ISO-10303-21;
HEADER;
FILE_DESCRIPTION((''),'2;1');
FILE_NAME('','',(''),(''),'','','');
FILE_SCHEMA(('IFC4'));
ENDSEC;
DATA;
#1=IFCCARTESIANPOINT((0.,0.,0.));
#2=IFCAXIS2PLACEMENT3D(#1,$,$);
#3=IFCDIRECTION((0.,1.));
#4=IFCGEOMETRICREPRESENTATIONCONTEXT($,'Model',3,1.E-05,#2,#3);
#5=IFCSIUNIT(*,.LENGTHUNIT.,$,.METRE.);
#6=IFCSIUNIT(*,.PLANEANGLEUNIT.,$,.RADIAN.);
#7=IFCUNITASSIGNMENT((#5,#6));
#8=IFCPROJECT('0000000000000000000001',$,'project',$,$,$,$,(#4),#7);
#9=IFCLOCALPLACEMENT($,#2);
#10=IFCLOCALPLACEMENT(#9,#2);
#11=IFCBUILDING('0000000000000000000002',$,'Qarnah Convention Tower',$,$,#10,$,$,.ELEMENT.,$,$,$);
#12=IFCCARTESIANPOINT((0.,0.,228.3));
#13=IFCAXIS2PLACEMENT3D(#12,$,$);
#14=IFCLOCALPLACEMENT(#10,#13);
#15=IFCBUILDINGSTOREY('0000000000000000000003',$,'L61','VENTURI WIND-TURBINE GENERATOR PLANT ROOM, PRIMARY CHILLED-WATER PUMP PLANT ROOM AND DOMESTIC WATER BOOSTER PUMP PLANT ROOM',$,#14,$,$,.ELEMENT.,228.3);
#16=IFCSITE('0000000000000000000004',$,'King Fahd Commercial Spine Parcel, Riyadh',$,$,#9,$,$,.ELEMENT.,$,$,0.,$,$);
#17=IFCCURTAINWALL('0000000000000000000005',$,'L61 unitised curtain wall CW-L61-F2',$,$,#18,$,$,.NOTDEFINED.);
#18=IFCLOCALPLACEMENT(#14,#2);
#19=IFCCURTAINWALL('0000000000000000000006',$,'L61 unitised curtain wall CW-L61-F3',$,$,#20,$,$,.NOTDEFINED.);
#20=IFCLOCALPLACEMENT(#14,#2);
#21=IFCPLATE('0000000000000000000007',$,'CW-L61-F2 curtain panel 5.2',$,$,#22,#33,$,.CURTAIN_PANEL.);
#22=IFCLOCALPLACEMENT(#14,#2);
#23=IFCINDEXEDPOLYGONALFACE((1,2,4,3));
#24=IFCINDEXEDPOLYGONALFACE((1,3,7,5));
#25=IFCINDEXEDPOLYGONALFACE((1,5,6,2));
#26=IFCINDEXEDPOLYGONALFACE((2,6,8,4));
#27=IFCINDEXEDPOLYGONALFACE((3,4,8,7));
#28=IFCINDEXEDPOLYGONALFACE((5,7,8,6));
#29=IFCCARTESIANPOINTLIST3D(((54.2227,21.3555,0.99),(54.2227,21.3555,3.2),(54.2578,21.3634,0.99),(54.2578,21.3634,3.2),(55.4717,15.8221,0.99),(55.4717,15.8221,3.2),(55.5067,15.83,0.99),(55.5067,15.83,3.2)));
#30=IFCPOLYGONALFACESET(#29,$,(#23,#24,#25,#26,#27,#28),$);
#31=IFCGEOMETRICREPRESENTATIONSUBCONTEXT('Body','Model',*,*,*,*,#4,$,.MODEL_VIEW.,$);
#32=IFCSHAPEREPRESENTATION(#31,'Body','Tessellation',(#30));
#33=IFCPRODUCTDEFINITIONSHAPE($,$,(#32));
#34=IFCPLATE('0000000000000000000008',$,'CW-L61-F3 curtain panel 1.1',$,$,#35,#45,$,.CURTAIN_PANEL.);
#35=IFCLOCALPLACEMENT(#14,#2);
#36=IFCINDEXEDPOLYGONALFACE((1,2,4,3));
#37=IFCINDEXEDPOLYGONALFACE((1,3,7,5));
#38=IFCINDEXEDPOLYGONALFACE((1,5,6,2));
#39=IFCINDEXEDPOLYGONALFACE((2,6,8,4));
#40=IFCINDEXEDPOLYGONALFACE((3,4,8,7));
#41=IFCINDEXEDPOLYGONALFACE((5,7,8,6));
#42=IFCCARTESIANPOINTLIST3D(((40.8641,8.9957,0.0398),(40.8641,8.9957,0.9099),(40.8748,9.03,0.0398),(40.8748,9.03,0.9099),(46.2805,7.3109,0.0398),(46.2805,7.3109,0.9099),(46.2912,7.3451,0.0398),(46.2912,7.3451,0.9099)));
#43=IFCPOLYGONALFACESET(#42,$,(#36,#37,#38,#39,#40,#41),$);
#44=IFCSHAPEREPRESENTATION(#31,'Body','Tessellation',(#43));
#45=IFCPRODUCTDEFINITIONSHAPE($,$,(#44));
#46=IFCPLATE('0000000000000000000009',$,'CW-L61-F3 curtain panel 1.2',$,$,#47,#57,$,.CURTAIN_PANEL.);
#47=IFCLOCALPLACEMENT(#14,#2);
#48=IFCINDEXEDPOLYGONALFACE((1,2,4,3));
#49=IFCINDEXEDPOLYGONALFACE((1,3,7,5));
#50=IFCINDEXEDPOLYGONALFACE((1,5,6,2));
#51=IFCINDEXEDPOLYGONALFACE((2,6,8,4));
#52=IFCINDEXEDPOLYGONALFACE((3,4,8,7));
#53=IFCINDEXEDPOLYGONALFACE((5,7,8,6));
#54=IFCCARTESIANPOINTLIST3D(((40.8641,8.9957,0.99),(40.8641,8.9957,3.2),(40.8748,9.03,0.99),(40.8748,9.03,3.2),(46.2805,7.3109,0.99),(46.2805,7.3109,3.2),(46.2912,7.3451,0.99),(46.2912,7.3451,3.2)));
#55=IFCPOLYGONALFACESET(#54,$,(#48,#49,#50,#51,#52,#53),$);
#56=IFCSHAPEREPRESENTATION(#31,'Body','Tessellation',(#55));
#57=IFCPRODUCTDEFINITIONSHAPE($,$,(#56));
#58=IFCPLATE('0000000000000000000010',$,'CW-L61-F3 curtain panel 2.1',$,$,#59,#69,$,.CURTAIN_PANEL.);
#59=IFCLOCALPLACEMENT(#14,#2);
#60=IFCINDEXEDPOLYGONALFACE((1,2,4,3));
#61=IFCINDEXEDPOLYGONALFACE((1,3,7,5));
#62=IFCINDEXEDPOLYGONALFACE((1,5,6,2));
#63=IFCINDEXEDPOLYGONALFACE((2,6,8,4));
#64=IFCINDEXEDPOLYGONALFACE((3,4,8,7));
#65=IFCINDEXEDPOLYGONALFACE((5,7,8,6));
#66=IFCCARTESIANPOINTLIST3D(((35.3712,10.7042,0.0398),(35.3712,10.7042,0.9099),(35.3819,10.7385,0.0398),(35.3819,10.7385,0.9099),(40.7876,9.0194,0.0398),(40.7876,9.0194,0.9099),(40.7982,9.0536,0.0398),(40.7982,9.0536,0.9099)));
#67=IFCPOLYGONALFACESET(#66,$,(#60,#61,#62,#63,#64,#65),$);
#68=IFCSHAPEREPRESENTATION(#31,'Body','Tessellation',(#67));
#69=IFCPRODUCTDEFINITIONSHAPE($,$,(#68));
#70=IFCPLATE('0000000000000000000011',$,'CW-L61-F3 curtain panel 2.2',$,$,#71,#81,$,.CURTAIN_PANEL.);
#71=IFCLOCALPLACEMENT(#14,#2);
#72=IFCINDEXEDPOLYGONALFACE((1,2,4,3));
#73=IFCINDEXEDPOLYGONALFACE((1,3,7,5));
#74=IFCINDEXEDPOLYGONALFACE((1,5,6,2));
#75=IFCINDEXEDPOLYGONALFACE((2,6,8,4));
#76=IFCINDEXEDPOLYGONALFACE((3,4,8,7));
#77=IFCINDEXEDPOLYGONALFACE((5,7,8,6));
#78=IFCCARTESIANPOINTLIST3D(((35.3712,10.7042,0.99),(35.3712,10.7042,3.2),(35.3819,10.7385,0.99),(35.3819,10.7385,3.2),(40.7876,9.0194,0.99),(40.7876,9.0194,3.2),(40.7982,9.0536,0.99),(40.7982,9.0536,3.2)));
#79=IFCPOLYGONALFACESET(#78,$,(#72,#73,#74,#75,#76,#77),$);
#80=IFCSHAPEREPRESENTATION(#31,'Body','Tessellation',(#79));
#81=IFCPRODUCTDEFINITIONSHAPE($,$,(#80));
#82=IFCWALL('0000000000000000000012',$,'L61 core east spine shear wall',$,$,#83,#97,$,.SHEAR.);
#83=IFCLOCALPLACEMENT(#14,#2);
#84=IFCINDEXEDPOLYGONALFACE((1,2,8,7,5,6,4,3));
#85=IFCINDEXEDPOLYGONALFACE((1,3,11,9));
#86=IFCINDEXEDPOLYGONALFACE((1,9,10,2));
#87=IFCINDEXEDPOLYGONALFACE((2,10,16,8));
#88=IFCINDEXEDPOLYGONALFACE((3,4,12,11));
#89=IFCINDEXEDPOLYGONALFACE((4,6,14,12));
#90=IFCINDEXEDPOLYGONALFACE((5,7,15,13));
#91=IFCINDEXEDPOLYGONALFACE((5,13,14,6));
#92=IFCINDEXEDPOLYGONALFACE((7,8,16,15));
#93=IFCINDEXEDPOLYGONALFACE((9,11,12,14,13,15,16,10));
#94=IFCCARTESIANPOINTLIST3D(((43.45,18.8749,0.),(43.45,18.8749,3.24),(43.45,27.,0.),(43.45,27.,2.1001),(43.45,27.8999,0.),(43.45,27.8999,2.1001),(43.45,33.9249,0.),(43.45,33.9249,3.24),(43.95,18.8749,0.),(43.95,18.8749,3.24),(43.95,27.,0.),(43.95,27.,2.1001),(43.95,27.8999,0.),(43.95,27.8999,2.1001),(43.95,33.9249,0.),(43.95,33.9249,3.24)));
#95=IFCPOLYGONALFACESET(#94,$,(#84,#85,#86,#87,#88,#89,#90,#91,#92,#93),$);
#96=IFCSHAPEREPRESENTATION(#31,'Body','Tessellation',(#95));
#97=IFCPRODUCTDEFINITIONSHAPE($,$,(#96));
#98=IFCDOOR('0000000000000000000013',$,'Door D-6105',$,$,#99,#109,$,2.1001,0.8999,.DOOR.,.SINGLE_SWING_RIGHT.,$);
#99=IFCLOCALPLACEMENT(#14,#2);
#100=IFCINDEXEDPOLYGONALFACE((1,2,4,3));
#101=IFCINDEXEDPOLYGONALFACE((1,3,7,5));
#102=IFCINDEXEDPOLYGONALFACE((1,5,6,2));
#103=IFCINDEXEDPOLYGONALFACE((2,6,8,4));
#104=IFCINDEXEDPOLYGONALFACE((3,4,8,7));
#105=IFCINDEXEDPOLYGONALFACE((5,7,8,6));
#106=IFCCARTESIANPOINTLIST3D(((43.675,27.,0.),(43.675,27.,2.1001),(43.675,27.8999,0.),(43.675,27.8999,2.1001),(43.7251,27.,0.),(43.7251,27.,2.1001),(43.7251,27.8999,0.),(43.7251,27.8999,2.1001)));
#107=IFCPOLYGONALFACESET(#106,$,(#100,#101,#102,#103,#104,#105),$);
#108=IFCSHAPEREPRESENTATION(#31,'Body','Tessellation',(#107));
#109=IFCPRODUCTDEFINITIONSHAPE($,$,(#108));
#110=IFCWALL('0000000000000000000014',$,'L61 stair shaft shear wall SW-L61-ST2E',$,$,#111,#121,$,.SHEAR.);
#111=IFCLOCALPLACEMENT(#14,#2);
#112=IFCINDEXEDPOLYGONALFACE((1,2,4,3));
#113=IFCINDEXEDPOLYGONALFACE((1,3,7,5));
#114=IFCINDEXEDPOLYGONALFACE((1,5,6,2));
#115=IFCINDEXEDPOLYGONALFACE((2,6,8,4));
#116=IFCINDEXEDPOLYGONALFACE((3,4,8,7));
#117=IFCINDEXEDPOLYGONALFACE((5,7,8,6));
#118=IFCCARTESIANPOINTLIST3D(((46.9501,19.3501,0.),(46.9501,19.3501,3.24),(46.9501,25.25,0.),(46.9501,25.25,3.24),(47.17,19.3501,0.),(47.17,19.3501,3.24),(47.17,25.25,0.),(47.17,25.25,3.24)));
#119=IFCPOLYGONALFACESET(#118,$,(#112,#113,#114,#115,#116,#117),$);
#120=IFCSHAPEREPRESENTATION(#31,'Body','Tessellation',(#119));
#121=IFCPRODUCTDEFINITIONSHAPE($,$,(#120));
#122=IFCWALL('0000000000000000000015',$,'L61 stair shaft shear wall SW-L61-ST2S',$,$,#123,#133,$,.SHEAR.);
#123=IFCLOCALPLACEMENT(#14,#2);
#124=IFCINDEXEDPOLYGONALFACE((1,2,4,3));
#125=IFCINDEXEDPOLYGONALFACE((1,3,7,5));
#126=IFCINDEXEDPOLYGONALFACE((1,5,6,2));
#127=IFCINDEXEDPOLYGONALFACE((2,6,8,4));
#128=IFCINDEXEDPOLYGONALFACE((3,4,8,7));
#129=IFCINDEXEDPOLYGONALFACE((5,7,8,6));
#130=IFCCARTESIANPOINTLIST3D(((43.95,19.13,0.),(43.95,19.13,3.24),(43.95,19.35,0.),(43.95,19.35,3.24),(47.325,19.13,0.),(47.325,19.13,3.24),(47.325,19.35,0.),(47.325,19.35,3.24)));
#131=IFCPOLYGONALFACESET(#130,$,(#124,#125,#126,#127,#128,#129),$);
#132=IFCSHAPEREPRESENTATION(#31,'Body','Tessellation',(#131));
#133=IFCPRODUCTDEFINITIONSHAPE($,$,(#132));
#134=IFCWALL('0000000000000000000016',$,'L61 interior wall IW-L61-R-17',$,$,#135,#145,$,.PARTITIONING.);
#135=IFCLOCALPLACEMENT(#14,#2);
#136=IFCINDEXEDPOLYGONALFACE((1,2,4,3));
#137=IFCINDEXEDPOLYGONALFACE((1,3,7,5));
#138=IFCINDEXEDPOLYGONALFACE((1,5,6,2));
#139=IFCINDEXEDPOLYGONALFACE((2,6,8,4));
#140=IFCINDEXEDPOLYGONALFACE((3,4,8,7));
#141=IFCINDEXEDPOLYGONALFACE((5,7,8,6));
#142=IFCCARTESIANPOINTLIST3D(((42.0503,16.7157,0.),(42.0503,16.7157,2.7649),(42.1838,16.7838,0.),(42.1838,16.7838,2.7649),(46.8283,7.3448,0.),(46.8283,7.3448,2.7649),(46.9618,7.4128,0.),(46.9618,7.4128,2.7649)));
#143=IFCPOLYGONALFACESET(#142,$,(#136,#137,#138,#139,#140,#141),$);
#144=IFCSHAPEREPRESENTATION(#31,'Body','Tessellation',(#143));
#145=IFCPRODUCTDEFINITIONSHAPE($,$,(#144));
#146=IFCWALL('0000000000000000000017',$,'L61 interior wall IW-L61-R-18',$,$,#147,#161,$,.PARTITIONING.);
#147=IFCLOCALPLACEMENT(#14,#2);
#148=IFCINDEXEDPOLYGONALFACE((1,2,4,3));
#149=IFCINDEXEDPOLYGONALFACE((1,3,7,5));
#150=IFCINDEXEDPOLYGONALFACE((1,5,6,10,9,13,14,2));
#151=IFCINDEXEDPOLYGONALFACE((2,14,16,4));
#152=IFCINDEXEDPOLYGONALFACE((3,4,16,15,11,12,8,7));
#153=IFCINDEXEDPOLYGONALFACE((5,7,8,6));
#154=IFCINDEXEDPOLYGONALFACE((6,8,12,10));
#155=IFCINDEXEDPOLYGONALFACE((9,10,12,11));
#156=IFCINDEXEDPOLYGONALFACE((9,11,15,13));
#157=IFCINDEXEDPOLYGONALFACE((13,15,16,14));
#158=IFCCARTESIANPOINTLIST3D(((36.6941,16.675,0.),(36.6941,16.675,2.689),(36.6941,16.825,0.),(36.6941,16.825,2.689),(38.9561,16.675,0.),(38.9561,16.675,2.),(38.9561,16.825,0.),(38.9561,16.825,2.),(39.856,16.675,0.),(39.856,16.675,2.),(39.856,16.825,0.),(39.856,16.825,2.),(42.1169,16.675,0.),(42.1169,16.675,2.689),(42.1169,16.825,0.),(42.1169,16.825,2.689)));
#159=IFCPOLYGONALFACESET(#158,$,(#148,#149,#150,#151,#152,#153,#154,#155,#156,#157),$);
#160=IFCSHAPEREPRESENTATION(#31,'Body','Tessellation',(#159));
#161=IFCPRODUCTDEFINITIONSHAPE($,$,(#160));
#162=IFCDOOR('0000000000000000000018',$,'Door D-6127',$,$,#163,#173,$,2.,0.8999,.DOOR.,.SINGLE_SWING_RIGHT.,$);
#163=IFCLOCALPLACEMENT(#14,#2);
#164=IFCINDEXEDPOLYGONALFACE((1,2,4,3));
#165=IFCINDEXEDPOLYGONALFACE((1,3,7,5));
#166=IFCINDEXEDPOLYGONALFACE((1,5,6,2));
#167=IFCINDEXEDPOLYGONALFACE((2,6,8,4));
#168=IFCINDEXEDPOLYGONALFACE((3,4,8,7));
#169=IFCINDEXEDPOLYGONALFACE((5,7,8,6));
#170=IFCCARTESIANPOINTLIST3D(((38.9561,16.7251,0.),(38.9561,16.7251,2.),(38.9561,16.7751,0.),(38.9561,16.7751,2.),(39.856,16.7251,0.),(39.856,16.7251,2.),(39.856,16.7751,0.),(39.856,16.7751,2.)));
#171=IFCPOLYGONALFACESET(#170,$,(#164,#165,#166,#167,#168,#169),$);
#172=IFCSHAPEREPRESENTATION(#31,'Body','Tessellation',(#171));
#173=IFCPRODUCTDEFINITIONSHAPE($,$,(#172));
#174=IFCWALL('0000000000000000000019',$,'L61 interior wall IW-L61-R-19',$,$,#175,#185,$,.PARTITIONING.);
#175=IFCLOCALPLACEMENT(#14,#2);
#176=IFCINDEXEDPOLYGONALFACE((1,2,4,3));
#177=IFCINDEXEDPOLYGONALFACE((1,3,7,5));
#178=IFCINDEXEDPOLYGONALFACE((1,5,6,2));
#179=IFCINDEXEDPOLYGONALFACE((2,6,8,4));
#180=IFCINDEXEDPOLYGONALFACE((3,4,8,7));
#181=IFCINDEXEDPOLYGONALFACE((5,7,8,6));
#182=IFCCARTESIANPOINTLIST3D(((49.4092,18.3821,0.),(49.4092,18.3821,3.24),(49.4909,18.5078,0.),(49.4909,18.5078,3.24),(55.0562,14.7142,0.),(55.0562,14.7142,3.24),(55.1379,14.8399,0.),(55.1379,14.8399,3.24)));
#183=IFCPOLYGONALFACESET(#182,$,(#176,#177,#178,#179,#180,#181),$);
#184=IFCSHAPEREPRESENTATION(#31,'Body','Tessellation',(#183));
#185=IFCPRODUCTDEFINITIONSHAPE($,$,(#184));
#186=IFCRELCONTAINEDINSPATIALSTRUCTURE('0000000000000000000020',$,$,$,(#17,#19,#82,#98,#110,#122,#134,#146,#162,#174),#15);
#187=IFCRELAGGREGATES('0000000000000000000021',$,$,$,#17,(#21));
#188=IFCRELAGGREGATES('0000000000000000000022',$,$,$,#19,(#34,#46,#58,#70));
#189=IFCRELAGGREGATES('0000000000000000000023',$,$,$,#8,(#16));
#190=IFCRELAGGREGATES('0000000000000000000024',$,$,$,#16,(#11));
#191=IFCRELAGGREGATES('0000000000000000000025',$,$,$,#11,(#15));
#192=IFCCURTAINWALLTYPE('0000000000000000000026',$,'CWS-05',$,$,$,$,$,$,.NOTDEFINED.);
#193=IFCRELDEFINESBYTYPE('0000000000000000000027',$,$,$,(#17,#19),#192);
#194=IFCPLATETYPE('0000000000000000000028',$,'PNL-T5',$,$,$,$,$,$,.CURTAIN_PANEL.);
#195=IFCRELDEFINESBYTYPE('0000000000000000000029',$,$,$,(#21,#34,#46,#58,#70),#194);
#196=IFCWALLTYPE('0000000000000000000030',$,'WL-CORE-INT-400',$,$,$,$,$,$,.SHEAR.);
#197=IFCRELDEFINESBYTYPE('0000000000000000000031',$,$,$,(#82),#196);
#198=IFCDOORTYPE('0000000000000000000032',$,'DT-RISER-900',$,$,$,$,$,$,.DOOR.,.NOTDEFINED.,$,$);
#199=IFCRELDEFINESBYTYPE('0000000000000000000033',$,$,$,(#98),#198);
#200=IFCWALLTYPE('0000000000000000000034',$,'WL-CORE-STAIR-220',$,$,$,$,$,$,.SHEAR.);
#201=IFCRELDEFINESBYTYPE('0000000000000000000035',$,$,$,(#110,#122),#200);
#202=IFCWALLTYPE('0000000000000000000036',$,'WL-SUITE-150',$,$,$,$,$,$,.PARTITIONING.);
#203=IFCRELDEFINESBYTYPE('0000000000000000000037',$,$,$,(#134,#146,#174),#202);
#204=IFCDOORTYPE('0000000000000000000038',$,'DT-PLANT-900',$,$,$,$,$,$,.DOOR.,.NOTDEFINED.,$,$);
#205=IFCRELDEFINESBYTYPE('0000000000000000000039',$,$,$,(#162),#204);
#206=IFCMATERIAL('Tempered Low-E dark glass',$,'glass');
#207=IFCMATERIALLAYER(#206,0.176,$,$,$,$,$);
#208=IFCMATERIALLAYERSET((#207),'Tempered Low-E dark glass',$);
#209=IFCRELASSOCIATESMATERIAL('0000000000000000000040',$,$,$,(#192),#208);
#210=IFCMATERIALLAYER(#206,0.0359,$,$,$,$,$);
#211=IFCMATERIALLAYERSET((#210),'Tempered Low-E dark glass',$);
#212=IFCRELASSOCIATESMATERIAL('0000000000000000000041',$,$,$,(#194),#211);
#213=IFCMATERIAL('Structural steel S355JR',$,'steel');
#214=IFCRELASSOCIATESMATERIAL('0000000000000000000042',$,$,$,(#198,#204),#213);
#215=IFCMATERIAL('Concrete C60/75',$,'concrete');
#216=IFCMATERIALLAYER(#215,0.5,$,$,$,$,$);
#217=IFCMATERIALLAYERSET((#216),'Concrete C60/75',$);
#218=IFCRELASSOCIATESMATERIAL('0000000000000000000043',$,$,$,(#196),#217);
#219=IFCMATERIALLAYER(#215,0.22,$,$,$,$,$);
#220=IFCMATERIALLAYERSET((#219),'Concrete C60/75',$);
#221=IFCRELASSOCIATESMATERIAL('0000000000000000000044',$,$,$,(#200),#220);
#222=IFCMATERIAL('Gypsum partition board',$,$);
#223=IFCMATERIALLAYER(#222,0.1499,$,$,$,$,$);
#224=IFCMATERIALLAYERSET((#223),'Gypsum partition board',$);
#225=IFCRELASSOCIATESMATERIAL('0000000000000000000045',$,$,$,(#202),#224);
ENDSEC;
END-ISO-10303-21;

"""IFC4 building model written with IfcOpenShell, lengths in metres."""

from ifc_helpers import new_model, si_unit, direction, frame, frame_2d, origin, origin_2d, place, context, subcontext, project, spatial, rectangle, extrude, material, layer, layer_set, type_object, element, fill, aggregate, save


model = new_model("IFC4")

# Units and contexts
model_context = context("Model", 3, precision=1e-05, world=origin(), true_north=direction((0.0, 1.0)))
body_context = subcontext(model_context, "Body", "Model", "MODEL_VIEW")
ifc_project = project(units=[si_unit("LENGTHUNIT", "METRE"), si_unit("PLANEANGLEUNIT", "RADIAN")], contexts=[model_context])

# Site, building, storey
site_placement = place(None, origin())
site = spatial("IfcSite", under=ifc_project, at=site_placement, Name="King Fahd Commercial Spine Parcel, Riyadh", CompositionType="ELEMENT", RefElevation=0.0)
building_placement = place(site_placement, origin())
building = spatial("IfcBuilding", under=site, at=building_placement, Name="Qarnah Convention Tower", CompositionType="ELEMENT")
storey_placement = place(building_placement, frame((0.0, 0.0, 228.3)))
storey = spatial("IfcBuildingStorey", under=building, at=storey_placement, Name="L61", Description="VENTURI WIND-TURBINE GENERATOR PLANT ROOM, PRIMARY CHILLED-WATER PUMP PLANT ROOM AND DOMESTIC WATER BOOSTER PUMP PLANT ROOM", CompositionType="ELEMENT", Elevation=228.3)

# Shared definitions
ifc_material_1 = material(Name="Structural steel S355JR", Category="steel")

# Curtain wall
ifc_material_2 = material(Name="Tempered Low-E dark glass", Category="glass")
ifc_layer_1 = layer(ifc_material_2, 0.176)
ifc_layer_set_1 = layer_set([ifc_layer_1], Name="Tempered Low-E dark glass")
curtain_wall_type = type_object("IfcCurtainWallType", Name="CWS-05", PredefinedType="NOTDEFINED", material=ifc_layer_set_1)
curtain_wall_1_placement = place(storey_placement, origin())
curtain_wall_1 = element("IfcCurtainWall", 1, at=curtain_wall_1_placement, inside=storey, type_object=curtain_wall_type, Name="L61 unitised curtain wall CW-L61-F2", PredefinedType="NOTDEFINED")

# Curtain wall
curtain_wall_2_placement = place(storey_placement, origin())
curtain_wall_2 = element("IfcCurtainWall", 2, at=curtain_wall_2_placement, inside=storey, type_object=curtain_wall_type, Name="L61 unitised curtain wall CW-L61-F3", PredefinedType="NOTDEFINED")

# Plates
ifc_layer_2 = layer(ifc_material_2, 0.0359)
ifc_layer_set_2 = layer_set([ifc_layer_2], Name="Tempered Low-E dark glass")
plate_type = type_object("IfcPlateType", Name="PNL-T5", PredefinedType="CURTAIN_PANEL", material=ifc_layer_set_2)
plate_1_placement = place(storey_placement, frame((54.8647, 18.5928, 0.99), z_axis=(0.0, 0.0, 1.0), x_axis=(0.22018, -0.975459, 0.0)))
plate_1 = element("IfcPlate", 3, at=plate_1_placement, type_object=plate_type, Name="CW-L61-F2 curtain panel 5.2", PredefinedType="CURTAIN_PANEL", context=body_context, shape_type="SweptSolid", body=[
    extrude(rectangle(XDim=5.6726, YDim=0.0359, at=origin_2d()), origin(), (0.0, 0.0, 1.0), 2.21),
])
aggregate(curtain_wall_1, [plate_1])
plate_2_placement = place(storey_placement, frame((43.5776, 8.1704, 0.0398), z_axis=(0.0, 0.0, 1.0), x_axis=(-0.95487, 0.297024, 0.0)))
plate_2 = element("IfcPlate", 4, at=plate_2_placement, type_object=plate_type, Name="CW-L61-F3 curtain panel 1.1", PredefinedType="CURTAIN_PANEL", context=body_context, shape_type="SweptSolid", body=[
    extrude(rectangle(XDim=5.6724, YDim=0.0359, at=origin_2d()), origin(), (0.0, 0.0, 1.0), 0.8701),
])
plate_3_placement = place(storey_placement, frame((43.5776, 8.1704, 0.99), z_axis=(0.0, 0.0, 1.0), x_axis=(-0.95487, 0.297024, 0.0)))
plate_3 = element("IfcPlate", 5, at=plate_3_placement, type_object=plate_type, Name="CW-L61-F3 curtain panel 1.2", PredefinedType="CURTAIN_PANEL", context=body_context, shape_type="SweptSolid", body=[
    extrude(rectangle(XDim=5.6724, YDim=0.0359, at=origin_2d()), origin(), (0.0, 0.0, 1.0), 2.21),
])
plate_4_placement = place(storey_placement, frame((38.0847, 9.8789, 0.0398), z_axis=(0.0, 0.0, 1.0), x_axis=(-0.95487, 0.297024, 0.0)))
plate_4 = element("IfcPlate", 6, at=plate_4_placement, type_object=plate_type, Name="CW-L61-F3 curtain panel 2.1", PredefinedType="CURTAIN_PANEL", context=body_context, shape_type="SweptSolid", body=[
    extrude(rectangle(XDim=5.6724, YDim=0.0359, at=origin_2d()), origin(), (0.0, 0.0, 1.0), 0.8701),
])
plate_5_placement = place(storey_placement, frame((38.0847, 9.8789, 0.99), z_axis=(0.0, 0.0, 1.0), x_axis=(-0.95487, 0.297024, 0.0)))
plate_5 = element("IfcPlate", 7, at=plate_5_placement, type_object=plate_type, Name="CW-L61-F3 curtain panel 2.2", PredefinedType="CURTAIN_PANEL", context=body_context, shape_type="SweptSolid", body=[
    extrude(rectangle(XDim=5.6724, YDim=0.0359, at=origin_2d()), origin(), (0.0, 0.0, 1.0), 2.21),
])
aggregate(curtain_wall_2, [plate_2, plate_3, plate_4, plate_5])

# Shared definitions
ifc_material_3 = material(Name="Concrete C60/75", Category="concrete")
door_type_1 = type_object("IfcDoorType", Name="DT-RISER-900", OperationType="NOTDEFINED", PredefinedType="DOOR", material=ifc_material_1)

# Wall, opening, door
ifc_layer_3 = layer(ifc_material_3, 0.5)
ifc_layer_set_3 = layer_set([ifc_layer_3], Name="Concrete C60/75")
wall_type_1 = type_object("IfcWallType", Name="WL-CORE-INT-400", PredefinedType="SHEAR", material=ifc_layer_set_3)
wall_1_placement = place(storey_placement, frame((43.7, 18.875, 0.0), z_axis=(0.0, 0.0, 1.0), x_axis=(0.0, 1.0, 0.0)))
wall_1 = element("IfcWall", 8, at=wall_1_placement, inside=storey, type_object=wall_type_1, Name="L61 core east spine shear wall", PredefinedType="SHEAR", context=body_context, shape_type="SweptSolid", body=[
    extrude(rectangle(XDim=15.05, YDim=0.5, at=frame_2d((7.5249, 0.0))), origin(), (0.0, 0.0, 1.0), 3.24),
])
opening_1_placement = place(wall_1_placement, frame((8.125, 0.0, 0.0)))
opening_1 = element("IfcOpeningElement", 9, at=opening_1_placement, cuts=wall_1, PredefinedType="OPENING", context=body_context, shape_type="SweptSolid", body=[
    extrude(rectangle(XDim=0.8999, YDim=2.1001, at=frame_2d((0.45, 1.05))), frame((0.0, 0.26, 0.0), z_axis=(0.0, -1.0, 0.0), x_axis=(1.0, 0.0, 0.0)), (0.0, 0.0, 1.0), 0.52),
])
door_1_placement = place(opening_1_placement, origin())
door_1 = element("IfcDoor", 10, at=door_1_placement, inside=storey, type_object=door_type_1, Name="Door D-6105", OperationType="SINGLE_SWING_RIGHT", OverallHeight=2.1001, OverallWidth=0.8999, PredefinedType="DOOR", context=body_context, shape_type="SweptSolid", body=[
    extrude(rectangle(XDim=0.8999, YDim=2.1001, at=frame_2d((0.45, 1.05))), frame((0.0, 0.0249, 0.0), z_axis=(0.0, -1.0, 0.0), x_axis=(1.0, 0.0, 0.0)), (0.0, 0.0, 1.0), 0.05),
])
fill(opening_1, door_1)

# Walls
ifc_layer_4 = layer(ifc_material_3, 0.22)
ifc_layer_set_4 = layer_set([ifc_layer_4], Name="Concrete C60/75")
wall_type_2 = type_object("IfcWallType", Name="WL-CORE-STAIR-220", PredefinedType="SHEAR", material=ifc_layer_set_4)
wall_2_placement = place(storey_placement, frame((47.0601, 19.3501, 0.0), z_axis=(0.0, 0.0, 1.0), x_axis=(0.0, 1.0, 0.0)))
element("IfcWall", 11, at=wall_2_placement, inside=storey, type_object=wall_type_2, Name="L61 stair shaft shear wall SW-L61-ST2E", PredefinedType="SHEAR", context=body_context, shape_type="SweptSolid", body=[
    extrude(rectangle(XDim=5.8999, YDim=0.22, at=frame_2d((2.95, 0.0))), origin(), (0.0, 0.0, 1.0), 3.24),
])
wall_3_placement = place(storey_placement, frame((43.95, 19.24, 0.0), z_axis=(0.0, 0.0, 1.0), x_axis=(1.0, 0.0, 0.0)))
element("IfcWall", 12, at=wall_3_placement, inside=storey, type_object=wall_type_2, Name="L61 stair shaft shear wall SW-L61-ST2S", PredefinedType="SHEAR", context=body_context, shape_type="SweptSolid", body=[
    extrude(rectangle(XDim=3.375, YDim=0.22, at=frame_2d((1.6875, 0.0))), origin(), (0.0, 0.0, 1.0), 3.24),
])
ifc_material_4 = material(Name="Gypsum partition board")
ifc_layer_5 = layer(ifc_material_4, 0.1499)
ifc_layer_set_5 = layer_set([ifc_layer_5], Name="Gypsum partition board")
wall_type_3 = type_object("IfcWallType", Name="WL-SUITE-150", PredefinedType="PARTITIONING", material=ifc_layer_set_5)
wall_4_placement = place(storey_placement, frame((46.895, 7.3789, 0.0), z_axis=(0.0, 0.0, 1.0), x_axis=(-0.454237, 0.890881, 0.0)))
element("IfcWall", 13, at=wall_4_placement, inside=storey, type_object=wall_type_3, Name="L61 interior wall IW-L61-R-17", PredefinedType="PARTITIONING", context=body_context, shape_type="SweptSolid", body=[
    extrude(rectangle(XDim=10.5188, YDim=0.1499, at=frame_2d((5.2593, 0.0))), origin(), (0.0, 0.0, 1.0), 2.7649),
])

# Wall, opening, door
wall_5_placement = place(storey_placement, frame((42.1169, 16.75, 0.0), z_axis=(0.0, 0.0, 1.0), x_axis=(-1.0, 0.0, 0.0)))
wall_5 = element("IfcWall", 14, at=wall_5_placement, inside=storey, type_object=wall_type_3, Name="L61 interior wall IW-L61-R-18", PredefinedType="PARTITIONING", context=body_context, shape_type="SweptSolid", body=[
    extrude(rectangle(XDim=5.4229, YDim=0.1499, at=frame_2d((2.7114, 0.0))), origin(), (0.0, 0.0, 1.0), 2.689),
])
opening_2_placement = place(wall_5_placement, frame((2.261, 0.0, 0.0)))
opening_2 = element("IfcOpeningElement", 15, at=opening_2_placement, cuts=wall_5, PredefinedType="OPENING", context=body_context, shape_type="SweptSolid", body=[
    extrude(rectangle(XDim=0.8999, YDim=2.0, at=frame_2d((0.45, 1.0))), frame((0.0, 0.085, 0.0), z_axis=(0.0, -1.0, 0.0), x_axis=(1.0, 0.0, 0.0)), (0.0, 0.0, 1.0), 0.1699),
])
door_type_2 = type_object("IfcDoorType", Name="DT-PLANT-900", OperationType="NOTDEFINED", PredefinedType="DOOR", material=ifc_material_1)
door_2_placement = place(opening_2_placement, origin())
door_2 = element("IfcDoor", 16, at=door_2_placement, inside=storey, type_object=door_type_2, Name="Door D-6127", OperationType="SINGLE_SWING_RIGHT", OverallHeight=2.0, OverallWidth=0.8999, PredefinedType="DOOR", context=body_context, shape_type="SweptSolid", body=[
    extrude(rectangle(XDim=0.8999, YDim=2.0, at=frame_2d((0.45, 1.0))), frame((0.0, 0.0249, 0.0), z_axis=(0.0, -1.0, 0.0), x_axis=(1.0, 0.0, 0.0)), (0.0, 0.0, 1.0), 0.05),
])
fill(opening_2, door_2)

# Wall
wall_6_placement = place(storey_placement, frame((55.0969, 14.7771, 0.0), z_axis=(0.0, 0.0, 1.0), x_axis=(-0.838618, 0.544721, 0.0)))
element("IfcWall", 17, at=wall_6_placement, inside=storey, type_object=wall_type_3, Name="L61 interior wall IW-L61-R-19", PredefinedType="PARTITIONING", context=body_context, shape_type="SweptSolid", body=[
    extrude(rectangle(XDim=6.7336, YDim=0.1499, at=frame_2d((3.3667, 0.0))), origin(), (0.0, 0.0, 1.0), 3.24),
])

save(model, "model.ifc")
